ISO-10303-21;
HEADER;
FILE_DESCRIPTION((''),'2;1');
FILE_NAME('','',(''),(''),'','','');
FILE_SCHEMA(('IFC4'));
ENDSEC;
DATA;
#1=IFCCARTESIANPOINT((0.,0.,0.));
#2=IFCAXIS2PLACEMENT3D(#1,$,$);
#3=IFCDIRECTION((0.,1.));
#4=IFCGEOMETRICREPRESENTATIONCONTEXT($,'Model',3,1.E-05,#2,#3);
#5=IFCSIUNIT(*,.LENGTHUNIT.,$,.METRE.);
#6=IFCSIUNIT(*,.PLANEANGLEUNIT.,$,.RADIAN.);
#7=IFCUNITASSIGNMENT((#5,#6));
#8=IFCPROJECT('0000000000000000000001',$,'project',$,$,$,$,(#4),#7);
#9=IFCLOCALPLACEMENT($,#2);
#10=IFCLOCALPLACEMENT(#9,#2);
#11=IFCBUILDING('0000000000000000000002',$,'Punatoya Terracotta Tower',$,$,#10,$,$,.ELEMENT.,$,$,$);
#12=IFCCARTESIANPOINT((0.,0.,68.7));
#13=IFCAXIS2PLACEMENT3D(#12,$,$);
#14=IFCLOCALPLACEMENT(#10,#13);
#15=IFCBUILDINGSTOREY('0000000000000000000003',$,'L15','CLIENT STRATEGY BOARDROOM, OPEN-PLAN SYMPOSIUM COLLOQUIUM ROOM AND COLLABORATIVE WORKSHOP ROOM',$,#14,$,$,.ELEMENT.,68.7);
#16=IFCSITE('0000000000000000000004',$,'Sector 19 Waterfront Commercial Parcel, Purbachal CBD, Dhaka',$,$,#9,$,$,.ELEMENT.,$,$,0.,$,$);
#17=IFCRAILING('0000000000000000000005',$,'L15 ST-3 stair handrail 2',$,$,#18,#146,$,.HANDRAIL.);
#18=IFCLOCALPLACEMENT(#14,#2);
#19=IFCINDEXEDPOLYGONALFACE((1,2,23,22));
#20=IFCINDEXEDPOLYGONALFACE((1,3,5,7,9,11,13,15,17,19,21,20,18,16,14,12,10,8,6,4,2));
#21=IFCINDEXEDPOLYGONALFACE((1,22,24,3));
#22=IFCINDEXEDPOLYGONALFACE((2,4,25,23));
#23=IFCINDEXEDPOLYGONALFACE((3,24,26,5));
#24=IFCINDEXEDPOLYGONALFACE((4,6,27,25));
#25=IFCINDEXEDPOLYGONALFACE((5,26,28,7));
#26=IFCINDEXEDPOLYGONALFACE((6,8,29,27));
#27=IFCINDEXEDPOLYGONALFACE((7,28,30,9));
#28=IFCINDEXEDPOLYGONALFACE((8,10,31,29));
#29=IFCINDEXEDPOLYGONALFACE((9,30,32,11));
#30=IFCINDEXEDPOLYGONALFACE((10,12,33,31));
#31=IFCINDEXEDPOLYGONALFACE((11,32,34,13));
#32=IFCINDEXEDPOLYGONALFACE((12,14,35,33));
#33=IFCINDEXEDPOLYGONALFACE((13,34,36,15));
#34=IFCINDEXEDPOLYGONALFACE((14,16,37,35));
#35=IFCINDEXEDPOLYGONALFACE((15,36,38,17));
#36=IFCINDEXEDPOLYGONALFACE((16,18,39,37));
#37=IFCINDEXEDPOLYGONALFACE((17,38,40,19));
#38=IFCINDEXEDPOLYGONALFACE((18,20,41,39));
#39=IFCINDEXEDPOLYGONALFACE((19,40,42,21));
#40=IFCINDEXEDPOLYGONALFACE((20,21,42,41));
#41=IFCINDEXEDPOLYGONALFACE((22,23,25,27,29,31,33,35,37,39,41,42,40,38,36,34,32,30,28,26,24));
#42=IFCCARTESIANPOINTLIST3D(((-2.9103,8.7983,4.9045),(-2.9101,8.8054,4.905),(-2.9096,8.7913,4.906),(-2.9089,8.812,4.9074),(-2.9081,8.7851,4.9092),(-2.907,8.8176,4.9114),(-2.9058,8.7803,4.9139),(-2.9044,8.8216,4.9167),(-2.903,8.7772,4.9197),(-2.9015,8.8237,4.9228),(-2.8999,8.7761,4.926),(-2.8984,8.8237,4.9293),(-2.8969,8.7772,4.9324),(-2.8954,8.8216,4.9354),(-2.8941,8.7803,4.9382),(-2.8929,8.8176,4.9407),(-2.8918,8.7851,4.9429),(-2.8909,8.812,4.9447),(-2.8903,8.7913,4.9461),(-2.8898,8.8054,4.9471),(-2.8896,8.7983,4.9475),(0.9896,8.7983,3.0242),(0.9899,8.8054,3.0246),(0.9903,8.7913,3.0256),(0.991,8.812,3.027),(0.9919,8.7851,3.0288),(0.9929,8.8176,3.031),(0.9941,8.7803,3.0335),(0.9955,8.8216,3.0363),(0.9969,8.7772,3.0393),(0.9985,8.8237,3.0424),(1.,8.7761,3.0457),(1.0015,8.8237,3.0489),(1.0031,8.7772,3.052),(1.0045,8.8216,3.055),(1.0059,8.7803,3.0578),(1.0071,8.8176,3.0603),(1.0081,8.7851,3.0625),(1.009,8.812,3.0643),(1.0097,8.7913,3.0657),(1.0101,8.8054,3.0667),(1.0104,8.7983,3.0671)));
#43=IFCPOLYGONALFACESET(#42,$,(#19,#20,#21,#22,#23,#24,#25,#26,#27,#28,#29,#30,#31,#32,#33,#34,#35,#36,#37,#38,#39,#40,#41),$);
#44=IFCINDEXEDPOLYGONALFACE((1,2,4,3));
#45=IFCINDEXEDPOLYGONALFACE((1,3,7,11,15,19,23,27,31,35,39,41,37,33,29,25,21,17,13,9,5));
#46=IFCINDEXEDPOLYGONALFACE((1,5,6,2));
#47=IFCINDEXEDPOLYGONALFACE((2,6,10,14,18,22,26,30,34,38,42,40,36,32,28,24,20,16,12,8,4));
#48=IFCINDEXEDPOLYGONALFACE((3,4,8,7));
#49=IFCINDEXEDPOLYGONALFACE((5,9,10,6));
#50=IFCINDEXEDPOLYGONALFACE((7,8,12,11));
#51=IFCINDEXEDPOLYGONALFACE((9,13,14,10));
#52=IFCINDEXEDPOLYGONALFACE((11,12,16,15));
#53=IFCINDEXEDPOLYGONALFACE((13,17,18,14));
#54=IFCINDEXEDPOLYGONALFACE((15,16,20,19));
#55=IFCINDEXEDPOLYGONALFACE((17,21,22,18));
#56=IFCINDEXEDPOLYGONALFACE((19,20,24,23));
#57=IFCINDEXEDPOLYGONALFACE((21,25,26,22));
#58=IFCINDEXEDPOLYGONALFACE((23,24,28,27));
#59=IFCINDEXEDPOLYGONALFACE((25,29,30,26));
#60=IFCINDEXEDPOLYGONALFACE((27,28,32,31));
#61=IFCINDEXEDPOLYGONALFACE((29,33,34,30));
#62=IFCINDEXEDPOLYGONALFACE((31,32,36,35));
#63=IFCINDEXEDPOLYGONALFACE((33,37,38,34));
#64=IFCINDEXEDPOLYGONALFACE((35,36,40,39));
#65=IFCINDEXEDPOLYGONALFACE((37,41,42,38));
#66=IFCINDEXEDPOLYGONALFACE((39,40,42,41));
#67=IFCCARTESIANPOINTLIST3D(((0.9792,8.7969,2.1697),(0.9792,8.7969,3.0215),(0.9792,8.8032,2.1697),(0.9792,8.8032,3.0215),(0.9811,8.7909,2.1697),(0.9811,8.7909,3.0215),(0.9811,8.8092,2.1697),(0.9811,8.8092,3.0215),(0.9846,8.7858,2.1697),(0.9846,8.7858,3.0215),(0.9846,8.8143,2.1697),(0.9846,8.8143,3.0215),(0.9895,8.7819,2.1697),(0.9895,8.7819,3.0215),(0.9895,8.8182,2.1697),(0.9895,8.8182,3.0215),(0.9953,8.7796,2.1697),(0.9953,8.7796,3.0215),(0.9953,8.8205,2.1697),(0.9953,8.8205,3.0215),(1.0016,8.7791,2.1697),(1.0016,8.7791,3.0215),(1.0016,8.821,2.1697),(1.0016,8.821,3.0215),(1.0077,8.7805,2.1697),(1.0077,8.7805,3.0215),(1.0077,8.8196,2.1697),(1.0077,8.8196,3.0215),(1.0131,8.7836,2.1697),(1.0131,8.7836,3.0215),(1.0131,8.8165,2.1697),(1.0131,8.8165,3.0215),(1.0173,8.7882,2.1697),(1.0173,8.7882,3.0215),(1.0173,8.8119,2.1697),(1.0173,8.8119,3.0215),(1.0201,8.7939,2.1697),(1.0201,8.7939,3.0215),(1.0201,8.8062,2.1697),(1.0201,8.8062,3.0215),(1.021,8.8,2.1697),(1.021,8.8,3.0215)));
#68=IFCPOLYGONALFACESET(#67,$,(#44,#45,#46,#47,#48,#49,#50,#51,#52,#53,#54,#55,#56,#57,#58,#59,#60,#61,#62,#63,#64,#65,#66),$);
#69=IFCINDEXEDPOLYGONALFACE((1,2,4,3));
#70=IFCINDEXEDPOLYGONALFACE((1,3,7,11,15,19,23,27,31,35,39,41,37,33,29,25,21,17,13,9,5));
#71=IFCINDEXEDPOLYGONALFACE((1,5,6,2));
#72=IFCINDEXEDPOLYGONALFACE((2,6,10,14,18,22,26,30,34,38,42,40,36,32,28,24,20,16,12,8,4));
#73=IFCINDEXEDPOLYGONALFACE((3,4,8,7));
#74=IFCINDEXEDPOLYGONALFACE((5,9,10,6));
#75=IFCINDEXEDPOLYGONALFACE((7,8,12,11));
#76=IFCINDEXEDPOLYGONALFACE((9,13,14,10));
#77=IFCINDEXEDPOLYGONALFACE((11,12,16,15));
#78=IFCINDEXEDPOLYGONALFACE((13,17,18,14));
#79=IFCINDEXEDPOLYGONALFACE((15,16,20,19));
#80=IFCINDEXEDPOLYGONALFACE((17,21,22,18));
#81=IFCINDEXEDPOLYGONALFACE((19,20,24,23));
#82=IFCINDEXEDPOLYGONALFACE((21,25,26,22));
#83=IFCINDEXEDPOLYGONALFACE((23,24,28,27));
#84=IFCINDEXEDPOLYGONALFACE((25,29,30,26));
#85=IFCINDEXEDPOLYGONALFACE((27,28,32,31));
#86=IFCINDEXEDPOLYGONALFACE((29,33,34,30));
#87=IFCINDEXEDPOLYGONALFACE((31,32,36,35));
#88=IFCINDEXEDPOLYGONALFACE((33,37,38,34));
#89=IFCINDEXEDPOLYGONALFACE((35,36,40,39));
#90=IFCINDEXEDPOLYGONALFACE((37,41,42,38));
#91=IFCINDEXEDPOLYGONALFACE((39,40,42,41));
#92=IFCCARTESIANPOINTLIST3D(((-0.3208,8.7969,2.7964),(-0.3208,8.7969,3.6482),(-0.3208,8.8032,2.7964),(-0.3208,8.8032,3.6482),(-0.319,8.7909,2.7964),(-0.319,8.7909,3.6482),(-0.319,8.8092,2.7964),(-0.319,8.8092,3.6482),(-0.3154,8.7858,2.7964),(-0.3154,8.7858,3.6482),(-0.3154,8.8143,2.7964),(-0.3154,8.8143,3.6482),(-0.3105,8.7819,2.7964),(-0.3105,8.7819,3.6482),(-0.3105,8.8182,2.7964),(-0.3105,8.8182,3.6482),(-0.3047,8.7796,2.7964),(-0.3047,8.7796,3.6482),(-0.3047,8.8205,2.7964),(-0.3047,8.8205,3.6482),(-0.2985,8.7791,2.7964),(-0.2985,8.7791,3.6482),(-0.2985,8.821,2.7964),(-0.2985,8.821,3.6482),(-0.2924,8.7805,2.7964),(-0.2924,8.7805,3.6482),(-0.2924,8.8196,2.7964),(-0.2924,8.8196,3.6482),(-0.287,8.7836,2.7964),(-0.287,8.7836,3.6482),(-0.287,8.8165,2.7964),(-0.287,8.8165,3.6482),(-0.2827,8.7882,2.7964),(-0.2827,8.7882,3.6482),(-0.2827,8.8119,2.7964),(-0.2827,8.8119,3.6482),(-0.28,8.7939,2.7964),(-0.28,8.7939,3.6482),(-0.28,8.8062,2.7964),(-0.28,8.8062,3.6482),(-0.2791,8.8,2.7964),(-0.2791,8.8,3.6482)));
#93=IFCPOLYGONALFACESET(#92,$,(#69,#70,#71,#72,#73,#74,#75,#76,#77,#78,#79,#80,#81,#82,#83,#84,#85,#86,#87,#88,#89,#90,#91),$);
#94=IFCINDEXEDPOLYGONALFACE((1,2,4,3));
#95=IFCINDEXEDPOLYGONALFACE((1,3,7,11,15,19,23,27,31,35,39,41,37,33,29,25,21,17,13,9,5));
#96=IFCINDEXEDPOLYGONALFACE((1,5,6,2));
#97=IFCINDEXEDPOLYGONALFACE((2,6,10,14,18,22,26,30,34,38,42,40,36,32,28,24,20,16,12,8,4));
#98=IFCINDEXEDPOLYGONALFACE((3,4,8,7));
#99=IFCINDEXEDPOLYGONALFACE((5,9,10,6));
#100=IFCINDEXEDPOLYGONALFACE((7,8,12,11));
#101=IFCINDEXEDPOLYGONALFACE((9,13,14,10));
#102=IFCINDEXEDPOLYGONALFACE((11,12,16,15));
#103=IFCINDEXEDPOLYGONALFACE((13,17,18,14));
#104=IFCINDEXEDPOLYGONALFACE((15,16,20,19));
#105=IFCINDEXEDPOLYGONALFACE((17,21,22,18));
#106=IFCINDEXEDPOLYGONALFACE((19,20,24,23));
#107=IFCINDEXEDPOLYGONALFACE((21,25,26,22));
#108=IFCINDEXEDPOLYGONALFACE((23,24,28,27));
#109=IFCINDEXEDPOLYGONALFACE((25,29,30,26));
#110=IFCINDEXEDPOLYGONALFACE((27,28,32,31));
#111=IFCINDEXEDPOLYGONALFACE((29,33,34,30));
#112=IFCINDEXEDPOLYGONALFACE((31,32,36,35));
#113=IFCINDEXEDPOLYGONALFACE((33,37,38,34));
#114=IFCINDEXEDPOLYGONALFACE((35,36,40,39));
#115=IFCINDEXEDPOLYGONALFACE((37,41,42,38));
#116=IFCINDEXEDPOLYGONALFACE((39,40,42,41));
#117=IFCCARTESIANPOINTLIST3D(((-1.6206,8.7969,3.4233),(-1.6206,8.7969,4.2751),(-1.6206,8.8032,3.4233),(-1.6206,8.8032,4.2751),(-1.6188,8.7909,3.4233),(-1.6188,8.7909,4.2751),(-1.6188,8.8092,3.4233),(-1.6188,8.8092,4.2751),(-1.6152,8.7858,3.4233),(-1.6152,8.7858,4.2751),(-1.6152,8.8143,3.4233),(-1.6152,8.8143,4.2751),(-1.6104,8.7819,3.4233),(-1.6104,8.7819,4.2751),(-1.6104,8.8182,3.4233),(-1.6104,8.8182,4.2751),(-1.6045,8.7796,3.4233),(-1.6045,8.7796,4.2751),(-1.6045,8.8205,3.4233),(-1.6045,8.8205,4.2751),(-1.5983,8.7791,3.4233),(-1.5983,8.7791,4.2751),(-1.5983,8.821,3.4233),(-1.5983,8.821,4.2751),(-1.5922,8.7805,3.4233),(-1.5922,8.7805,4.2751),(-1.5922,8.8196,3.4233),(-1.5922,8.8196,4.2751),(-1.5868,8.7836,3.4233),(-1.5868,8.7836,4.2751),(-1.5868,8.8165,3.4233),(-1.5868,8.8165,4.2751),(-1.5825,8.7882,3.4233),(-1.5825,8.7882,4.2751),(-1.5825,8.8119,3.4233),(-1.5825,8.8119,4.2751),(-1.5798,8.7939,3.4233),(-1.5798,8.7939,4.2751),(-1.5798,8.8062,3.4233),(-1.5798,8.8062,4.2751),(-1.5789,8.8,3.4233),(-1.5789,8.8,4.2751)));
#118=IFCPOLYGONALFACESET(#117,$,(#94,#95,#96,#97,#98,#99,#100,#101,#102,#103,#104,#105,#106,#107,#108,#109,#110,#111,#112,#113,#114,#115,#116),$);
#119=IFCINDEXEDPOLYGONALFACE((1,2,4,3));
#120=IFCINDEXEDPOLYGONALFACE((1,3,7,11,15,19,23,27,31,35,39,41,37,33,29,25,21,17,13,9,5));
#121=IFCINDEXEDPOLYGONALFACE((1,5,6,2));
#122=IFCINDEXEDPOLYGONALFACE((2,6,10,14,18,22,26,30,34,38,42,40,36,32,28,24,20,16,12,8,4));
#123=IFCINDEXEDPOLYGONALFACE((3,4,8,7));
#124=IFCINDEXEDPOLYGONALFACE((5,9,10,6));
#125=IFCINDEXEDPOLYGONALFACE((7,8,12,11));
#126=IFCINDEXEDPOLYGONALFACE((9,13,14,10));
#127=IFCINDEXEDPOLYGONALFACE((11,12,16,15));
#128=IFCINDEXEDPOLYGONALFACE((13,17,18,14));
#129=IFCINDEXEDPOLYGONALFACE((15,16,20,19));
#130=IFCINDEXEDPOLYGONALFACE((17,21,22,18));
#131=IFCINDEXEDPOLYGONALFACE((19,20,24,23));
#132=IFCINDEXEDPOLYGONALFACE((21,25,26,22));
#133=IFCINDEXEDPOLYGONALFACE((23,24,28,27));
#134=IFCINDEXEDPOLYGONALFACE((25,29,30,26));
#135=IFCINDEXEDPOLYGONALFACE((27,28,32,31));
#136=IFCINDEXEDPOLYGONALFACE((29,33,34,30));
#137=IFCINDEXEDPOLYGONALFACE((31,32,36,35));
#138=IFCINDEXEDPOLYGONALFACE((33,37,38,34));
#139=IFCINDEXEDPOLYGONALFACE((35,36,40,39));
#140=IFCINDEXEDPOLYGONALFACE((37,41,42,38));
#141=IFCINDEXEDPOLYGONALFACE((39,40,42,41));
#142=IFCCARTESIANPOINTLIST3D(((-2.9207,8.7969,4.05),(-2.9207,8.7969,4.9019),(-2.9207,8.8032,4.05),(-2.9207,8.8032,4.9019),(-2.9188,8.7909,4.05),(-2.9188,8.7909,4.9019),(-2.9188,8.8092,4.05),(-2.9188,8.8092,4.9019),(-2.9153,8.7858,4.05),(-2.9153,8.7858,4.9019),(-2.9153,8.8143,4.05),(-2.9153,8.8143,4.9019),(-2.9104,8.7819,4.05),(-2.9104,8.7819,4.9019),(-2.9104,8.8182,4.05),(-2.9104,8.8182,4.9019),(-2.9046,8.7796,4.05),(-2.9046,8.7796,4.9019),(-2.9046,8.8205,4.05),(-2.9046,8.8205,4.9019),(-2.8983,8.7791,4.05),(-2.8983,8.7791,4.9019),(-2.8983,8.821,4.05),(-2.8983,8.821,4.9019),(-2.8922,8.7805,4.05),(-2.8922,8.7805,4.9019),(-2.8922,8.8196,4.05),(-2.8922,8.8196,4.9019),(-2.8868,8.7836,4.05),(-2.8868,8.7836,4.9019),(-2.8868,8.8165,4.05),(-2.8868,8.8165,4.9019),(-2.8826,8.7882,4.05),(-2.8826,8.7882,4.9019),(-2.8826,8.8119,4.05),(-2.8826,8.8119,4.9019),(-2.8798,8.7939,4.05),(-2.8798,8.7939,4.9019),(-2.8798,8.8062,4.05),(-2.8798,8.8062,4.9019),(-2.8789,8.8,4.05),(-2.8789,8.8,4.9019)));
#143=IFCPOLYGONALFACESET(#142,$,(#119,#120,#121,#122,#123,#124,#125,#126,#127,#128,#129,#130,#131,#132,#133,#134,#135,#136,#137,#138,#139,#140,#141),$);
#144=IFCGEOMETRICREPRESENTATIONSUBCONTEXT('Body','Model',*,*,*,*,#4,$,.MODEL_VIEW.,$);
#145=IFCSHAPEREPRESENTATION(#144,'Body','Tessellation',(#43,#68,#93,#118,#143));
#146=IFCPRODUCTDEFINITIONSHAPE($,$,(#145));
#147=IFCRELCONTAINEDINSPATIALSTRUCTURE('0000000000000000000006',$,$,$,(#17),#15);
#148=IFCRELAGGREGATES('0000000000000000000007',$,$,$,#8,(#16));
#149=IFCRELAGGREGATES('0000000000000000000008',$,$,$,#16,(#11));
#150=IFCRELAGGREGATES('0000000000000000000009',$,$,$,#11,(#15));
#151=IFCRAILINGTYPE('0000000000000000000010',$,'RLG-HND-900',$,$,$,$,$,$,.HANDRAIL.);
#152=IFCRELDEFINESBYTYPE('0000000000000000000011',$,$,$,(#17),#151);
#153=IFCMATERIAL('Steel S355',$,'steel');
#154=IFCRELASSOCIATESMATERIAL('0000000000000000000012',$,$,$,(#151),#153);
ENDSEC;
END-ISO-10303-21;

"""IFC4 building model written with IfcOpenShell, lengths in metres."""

from ifc_helpers import new_model, si_unit, direction, frame, origin, origin_2d, place, context, subcontext, project, spatial, circle, extrude, material, type_object, element, save


model = new_model("IFC4")

# Units and contexts
model_context = context("Model", 3, precision=1e-05, world=origin(), true_north=direction((0.0, 1.0)))
body_context = subcontext(model_context, "Body", "Model", "MODEL_VIEW")
ifc_project = project(units=[si_unit("LENGTHUNIT", "METRE"), si_unit("PLANEANGLEUNIT", "RADIAN")], contexts=[model_context])

# Site, building, storey
site_placement = place(None, origin())
site = spatial("IfcSite", under=ifc_project, at=site_placement, Name="Sector 19 Waterfront Commercial Parcel, Purbachal CBD, Dhaka", CompositionType="ELEMENT", RefElevation=0.0)
building_placement = place(site_placement, origin())
building = spatial("IfcBuilding", under=site, at=building_placement, Name="Punatoya Terracotta Tower", CompositionType="ELEMENT")
storey_placement = place(building_placement, frame((0.0, 0.0, 68.7)))
storey = spatial("IfcBuildingStorey", under=building, at=storey_placement, Name="L15", Description="CLIENT STRATEGY BOARDROOM, OPEN-PLAN SYMPOSIUM COLLOQUIUM ROOM AND COLLABORATIVE WORKSHOP ROOM", CompositionType="ELEMENT", Elevation=68.7)

# Shared definitions
ifc_material_1 = material(Name="Steel S355", Category="steel")

# Railing
railing_type_1 = type_object("IfcRailingType", Name="RLG-HND-900", PredefinedType="HANDRAIL", material=ifc_material_1)
railing_1_placement = place(storey_placement, frame((1.0, 8.8, 2.1697)))
element("IfcRailing", 1, at=railing_1_placement, inside=storey, type_object=railing_type_1, Name="L15 ST-3 stair handrail 2", PredefinedType="HANDRAIL", context=body_context, shape_type="SweptSolid", body=[
    extrude(circle(Radius=0.0239, at=origin_2d()), frame((0.0, 0.0, 0.876), z_axis=(-0.900763, 0.0, 0.434311), x_axis=(0.0, -1.0, 0.0)), (0.0, 0.0, 1.0), 4.3296),
    extrude(circle(Radius=0.021, at=origin_2d()), origin(), (0.0, 0.0, 1.0), 0.8518),
    extrude(circle(Radius=0.021, at=origin_2d()), frame((-1.3, 0.0, 0.6267)), (0.0, 0.0, 1.0), 0.8518),
    extrude(circle(Radius=0.021, at=origin_2d()), frame((-2.5999, 0.0, 1.2537)), (0.0, 0.0, 1.0), 0.8518),
    extrude(circle(Radius=0.021, at=origin_2d()), frame((-3.8999, 0.0, 1.8804)), (0.0, 0.0, 1.0), 0.8518),
])

save(model, "model.ifc")
